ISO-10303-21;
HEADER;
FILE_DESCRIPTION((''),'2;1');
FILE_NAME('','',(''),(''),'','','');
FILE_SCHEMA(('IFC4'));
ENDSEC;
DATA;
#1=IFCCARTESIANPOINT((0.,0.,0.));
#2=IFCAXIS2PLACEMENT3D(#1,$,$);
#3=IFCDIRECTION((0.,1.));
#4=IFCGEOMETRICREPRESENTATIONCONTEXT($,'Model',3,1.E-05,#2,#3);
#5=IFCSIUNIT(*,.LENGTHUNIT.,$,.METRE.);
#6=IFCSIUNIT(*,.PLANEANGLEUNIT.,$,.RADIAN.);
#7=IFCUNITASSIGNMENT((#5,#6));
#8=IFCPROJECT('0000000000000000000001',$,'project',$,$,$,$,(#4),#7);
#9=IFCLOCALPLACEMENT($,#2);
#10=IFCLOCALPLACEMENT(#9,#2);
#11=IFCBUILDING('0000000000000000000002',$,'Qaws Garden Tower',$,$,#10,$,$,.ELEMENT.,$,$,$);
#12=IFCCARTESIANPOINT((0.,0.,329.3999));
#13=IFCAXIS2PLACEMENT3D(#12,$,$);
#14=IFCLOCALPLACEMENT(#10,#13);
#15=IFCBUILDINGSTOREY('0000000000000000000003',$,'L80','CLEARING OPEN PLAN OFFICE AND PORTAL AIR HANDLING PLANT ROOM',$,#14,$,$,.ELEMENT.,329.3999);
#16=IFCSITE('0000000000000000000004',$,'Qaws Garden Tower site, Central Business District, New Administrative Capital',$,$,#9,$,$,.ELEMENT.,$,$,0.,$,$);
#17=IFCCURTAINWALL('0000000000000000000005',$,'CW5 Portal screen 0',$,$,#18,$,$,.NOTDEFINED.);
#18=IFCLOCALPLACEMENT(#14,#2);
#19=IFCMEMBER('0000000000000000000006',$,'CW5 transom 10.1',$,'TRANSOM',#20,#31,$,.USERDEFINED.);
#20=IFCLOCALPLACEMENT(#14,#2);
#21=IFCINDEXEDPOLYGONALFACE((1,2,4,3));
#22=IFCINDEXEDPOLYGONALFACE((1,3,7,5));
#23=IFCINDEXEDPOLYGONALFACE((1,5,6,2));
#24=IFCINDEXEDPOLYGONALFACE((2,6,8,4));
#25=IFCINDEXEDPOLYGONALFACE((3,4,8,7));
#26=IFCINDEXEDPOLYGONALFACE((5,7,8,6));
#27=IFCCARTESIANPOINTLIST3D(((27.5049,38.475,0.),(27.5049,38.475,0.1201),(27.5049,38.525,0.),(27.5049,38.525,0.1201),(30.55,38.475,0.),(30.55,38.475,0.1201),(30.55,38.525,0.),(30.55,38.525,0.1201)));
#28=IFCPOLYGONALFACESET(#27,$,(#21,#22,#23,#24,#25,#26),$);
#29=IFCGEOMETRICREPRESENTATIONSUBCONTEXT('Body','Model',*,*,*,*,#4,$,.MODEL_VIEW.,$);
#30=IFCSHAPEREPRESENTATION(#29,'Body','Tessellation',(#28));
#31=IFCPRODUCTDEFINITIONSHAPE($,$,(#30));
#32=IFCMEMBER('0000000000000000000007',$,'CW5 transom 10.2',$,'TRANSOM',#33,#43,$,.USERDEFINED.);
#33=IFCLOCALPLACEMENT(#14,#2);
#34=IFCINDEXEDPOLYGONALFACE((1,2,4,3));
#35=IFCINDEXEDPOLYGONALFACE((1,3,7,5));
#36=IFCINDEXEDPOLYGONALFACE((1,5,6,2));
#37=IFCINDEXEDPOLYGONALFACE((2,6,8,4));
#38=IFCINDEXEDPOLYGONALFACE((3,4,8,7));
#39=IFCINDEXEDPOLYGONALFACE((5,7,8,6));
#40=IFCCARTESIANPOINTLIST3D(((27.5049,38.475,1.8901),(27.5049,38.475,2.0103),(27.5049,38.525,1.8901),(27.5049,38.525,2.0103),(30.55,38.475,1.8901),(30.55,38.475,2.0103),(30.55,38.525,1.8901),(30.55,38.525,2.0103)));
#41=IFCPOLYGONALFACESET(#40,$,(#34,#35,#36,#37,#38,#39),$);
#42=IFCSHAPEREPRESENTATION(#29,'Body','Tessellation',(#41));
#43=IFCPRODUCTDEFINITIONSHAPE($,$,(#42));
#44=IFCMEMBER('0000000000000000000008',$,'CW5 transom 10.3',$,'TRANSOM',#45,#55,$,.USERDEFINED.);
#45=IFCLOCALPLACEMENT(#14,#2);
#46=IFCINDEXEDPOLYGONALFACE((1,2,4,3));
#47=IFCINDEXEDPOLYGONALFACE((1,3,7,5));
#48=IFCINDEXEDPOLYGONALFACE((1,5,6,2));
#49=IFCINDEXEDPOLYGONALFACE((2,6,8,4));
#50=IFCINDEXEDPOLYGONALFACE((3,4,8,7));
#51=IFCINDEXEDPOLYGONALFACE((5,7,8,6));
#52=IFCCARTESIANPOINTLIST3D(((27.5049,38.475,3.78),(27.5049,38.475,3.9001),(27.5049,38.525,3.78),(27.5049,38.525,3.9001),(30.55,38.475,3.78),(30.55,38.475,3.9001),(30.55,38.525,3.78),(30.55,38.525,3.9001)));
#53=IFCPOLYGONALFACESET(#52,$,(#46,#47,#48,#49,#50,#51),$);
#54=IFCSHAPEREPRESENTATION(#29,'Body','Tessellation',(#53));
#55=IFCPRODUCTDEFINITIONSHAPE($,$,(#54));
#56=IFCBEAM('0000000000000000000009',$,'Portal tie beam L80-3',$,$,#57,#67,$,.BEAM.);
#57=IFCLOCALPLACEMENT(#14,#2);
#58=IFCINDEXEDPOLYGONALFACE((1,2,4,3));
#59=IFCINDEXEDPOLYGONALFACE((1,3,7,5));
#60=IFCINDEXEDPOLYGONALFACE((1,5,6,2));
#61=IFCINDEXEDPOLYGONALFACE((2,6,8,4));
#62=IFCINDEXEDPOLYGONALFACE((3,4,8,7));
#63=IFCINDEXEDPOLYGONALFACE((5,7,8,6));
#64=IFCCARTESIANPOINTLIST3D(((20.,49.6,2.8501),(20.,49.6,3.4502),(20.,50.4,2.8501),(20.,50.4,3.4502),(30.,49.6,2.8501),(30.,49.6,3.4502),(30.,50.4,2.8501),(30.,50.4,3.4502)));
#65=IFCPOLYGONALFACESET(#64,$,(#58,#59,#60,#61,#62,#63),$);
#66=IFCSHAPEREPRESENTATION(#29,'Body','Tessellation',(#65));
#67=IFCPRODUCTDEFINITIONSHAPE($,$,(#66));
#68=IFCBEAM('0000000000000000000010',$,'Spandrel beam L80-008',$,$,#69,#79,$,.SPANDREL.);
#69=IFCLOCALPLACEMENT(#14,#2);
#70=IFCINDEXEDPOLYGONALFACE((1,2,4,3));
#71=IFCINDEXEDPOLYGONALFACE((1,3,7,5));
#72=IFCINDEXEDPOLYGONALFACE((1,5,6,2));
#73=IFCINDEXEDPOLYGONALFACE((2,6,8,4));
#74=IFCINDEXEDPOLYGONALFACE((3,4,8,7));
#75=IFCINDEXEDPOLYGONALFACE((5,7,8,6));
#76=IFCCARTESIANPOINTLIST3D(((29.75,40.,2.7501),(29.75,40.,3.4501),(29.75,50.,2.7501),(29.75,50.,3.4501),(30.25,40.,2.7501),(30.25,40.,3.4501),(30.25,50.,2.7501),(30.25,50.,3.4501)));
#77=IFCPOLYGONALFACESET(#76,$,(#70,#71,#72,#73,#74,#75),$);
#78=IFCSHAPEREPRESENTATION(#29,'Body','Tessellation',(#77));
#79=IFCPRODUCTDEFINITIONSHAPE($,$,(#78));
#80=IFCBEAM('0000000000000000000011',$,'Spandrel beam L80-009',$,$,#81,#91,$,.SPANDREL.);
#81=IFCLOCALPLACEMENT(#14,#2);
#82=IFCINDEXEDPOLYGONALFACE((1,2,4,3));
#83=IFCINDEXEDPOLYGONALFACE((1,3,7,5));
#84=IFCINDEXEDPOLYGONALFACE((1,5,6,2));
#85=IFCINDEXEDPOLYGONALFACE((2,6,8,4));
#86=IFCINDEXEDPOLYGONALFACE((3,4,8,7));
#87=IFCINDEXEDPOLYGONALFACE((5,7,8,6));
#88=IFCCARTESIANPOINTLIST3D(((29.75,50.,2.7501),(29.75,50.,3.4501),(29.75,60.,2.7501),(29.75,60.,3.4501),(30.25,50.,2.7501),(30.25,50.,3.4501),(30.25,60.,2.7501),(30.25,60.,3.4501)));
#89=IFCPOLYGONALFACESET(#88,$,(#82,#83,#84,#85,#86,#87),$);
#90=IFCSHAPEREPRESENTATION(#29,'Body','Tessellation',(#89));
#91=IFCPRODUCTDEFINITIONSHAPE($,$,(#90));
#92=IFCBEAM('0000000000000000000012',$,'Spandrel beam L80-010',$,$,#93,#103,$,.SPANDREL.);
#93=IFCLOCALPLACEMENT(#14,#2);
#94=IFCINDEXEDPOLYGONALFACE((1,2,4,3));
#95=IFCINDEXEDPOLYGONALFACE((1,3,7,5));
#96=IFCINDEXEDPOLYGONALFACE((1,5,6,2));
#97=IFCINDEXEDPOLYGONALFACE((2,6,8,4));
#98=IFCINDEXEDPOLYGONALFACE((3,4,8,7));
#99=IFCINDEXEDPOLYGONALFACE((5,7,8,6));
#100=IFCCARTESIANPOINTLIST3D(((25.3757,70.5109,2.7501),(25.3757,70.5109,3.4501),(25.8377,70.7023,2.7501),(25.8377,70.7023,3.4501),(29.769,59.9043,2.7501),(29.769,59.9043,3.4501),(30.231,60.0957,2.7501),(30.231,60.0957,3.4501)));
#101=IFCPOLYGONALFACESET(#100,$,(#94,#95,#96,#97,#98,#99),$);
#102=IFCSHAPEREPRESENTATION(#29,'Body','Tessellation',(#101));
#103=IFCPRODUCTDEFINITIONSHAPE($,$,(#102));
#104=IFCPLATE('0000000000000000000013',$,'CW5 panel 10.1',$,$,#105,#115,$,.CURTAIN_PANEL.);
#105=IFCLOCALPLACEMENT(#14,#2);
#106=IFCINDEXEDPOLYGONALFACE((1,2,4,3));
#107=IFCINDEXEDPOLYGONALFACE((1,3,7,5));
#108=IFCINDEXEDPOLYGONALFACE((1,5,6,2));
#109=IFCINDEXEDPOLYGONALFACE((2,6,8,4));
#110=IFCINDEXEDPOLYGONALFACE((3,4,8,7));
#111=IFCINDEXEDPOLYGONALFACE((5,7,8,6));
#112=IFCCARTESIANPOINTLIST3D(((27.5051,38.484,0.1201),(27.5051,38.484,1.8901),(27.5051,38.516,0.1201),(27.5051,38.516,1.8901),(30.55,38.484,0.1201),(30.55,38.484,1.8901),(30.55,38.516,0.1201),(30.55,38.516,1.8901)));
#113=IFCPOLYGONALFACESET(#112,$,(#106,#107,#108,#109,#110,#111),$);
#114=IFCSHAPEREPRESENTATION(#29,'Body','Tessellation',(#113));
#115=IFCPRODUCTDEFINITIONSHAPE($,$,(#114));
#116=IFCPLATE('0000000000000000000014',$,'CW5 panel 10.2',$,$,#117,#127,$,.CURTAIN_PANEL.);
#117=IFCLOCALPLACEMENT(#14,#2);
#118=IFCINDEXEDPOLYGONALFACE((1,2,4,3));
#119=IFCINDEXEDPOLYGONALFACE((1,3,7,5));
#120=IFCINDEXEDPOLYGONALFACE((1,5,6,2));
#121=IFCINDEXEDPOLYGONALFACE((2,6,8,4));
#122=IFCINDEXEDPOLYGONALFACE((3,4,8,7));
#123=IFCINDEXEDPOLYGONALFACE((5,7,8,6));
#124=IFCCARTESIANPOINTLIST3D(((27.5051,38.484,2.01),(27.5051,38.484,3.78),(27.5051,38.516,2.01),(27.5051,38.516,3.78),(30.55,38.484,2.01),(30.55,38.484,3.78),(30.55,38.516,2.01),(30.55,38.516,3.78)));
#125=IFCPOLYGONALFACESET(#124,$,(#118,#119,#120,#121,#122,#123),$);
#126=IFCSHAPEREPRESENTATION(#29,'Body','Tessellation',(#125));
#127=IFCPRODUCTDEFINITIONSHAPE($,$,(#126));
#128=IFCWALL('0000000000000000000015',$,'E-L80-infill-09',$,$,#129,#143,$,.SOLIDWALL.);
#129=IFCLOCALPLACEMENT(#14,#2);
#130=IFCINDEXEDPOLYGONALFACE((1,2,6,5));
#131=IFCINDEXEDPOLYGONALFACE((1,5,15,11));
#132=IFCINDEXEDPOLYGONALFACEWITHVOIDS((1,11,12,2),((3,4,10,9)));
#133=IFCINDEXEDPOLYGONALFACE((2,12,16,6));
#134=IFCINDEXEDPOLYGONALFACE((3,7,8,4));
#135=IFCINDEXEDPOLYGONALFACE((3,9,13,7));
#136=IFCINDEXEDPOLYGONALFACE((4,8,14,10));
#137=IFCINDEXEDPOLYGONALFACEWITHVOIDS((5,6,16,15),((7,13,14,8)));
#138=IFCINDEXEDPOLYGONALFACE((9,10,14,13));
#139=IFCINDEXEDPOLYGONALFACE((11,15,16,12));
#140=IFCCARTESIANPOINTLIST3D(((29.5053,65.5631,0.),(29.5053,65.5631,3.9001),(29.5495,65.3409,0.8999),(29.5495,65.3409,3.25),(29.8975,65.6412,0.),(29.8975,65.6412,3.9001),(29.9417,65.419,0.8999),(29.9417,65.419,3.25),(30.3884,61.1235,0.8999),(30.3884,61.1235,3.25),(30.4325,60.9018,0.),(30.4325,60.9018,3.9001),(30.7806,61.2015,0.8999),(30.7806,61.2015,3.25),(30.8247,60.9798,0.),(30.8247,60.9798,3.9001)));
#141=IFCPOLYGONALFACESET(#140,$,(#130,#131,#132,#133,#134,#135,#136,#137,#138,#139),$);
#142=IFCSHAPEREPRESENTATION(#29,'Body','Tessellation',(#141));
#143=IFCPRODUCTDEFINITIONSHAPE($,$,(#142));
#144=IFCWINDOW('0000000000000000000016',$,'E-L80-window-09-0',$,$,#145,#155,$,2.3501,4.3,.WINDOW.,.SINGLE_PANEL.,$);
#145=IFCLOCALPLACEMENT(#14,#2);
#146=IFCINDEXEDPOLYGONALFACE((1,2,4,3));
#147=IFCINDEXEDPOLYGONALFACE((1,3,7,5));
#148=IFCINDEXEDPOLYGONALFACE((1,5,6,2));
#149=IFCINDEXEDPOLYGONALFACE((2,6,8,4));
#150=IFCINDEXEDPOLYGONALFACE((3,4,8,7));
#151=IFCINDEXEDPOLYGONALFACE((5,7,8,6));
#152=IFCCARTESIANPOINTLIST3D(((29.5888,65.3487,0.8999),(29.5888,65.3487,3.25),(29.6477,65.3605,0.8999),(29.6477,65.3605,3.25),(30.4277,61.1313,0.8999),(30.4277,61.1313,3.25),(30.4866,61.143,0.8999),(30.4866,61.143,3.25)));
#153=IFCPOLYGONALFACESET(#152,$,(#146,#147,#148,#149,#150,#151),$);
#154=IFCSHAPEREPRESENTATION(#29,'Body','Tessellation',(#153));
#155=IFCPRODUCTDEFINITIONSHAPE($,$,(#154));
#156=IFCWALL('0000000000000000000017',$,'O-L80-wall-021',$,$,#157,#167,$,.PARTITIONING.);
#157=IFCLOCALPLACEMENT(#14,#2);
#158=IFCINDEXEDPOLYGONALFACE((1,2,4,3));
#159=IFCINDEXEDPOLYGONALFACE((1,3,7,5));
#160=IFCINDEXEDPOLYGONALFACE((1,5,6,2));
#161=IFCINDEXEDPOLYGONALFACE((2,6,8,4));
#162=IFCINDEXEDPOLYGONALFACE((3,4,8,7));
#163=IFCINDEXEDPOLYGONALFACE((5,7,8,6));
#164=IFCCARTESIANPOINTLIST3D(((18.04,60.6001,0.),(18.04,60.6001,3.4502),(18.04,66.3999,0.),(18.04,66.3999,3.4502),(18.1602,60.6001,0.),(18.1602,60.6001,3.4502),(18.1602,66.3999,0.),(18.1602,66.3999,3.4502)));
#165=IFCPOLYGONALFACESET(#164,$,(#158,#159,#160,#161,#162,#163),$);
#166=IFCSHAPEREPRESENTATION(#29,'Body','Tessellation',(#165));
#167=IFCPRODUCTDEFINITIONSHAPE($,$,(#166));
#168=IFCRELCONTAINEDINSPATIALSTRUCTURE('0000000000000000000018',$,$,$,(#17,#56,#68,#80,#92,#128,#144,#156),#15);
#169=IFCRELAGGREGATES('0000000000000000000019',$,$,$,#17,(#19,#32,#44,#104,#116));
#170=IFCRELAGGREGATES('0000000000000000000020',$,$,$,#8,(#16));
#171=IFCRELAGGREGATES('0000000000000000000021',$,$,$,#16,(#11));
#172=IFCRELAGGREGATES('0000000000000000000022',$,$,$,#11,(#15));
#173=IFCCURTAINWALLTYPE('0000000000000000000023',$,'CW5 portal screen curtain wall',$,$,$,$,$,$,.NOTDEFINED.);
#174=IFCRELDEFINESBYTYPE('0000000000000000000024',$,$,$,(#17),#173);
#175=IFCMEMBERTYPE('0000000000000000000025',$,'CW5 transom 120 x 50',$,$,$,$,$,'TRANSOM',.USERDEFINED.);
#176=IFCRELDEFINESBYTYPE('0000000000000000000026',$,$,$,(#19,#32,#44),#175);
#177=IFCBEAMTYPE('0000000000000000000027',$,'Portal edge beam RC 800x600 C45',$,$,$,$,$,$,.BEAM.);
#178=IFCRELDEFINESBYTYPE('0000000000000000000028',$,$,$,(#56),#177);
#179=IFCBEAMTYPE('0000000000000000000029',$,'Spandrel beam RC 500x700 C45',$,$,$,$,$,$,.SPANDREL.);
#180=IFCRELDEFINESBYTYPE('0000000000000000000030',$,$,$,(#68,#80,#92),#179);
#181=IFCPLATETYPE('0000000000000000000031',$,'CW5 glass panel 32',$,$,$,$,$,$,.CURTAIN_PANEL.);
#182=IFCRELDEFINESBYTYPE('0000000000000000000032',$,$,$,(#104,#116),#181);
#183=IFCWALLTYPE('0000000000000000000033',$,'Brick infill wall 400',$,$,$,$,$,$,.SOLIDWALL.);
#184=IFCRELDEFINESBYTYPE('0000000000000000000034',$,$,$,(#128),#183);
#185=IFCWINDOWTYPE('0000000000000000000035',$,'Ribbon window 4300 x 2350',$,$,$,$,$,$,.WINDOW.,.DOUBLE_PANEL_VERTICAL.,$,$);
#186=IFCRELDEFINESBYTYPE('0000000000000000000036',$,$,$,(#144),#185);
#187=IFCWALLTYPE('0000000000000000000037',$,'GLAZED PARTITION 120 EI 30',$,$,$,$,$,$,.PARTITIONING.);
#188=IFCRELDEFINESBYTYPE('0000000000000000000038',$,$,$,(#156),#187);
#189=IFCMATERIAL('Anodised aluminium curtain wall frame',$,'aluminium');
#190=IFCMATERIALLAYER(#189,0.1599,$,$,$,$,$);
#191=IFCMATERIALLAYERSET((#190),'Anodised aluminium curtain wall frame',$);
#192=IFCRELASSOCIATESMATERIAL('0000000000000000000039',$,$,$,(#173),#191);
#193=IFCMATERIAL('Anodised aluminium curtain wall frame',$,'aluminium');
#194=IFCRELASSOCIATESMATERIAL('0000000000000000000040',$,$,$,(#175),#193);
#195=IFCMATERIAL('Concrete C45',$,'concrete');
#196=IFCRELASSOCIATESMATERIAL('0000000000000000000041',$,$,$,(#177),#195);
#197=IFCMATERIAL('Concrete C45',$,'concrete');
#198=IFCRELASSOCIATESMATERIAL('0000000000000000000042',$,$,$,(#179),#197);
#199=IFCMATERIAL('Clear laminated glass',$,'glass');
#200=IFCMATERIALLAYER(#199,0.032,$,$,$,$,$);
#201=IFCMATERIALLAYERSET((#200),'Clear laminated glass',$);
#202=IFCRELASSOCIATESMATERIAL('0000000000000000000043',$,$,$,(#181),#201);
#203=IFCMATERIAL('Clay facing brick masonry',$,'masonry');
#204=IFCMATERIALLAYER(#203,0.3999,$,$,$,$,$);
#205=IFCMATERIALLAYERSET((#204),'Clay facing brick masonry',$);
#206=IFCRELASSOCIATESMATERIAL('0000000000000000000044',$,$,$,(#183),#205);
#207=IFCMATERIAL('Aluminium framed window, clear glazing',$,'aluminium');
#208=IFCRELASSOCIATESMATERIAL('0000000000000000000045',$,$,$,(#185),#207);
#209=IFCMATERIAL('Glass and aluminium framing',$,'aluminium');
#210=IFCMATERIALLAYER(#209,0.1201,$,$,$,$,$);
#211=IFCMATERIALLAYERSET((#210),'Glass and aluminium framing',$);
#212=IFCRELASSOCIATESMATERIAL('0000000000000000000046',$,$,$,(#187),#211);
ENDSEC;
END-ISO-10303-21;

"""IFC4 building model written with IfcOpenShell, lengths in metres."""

from ifc_helpers import new_model, si_unit, direction, frame, frame_2d, origin, origin_2d, place, context, subcontext, project, spatial, rectangle, extrude, material, layer, layer_set, material_profile, profile_set, type_object, element, fill, aggregate, save


model = new_model("IFC4")

# Units and contexts
model_context = context("Model", 3, precision=1e-05, world=origin(), true_north=direction((0.0, 1.0)))
body_context = subcontext(model_context, "Body", "Model", "MODEL_VIEW")
ifc_project = project(units=[si_unit("LENGTHUNIT", "METRE"), si_unit("PLANEANGLEUNIT", "RADIAN")], contexts=[model_context])

# Site, building, storey
site_placement = place(None, origin())
site = spatial("IfcSite", under=ifc_project, at=site_placement, Name="Qaws Garden Tower site, Central Business District, New Administrative Capital", CompositionType="ELEMENT", RefElevation=0.0)
building_placement = place(site_placement, origin())
building = spatial("IfcBuilding", under=site, at=building_placement, Name="Qaws Garden Tower", CompositionType="ELEMENT")
storey_placement = place(building_placement, frame((0.0, 0.0, 329.3999)))
storey = spatial("IfcBuildingStorey", under=building, at=storey_placement, Name="L80", Description="CLEARING OPEN PLAN OFFICE AND PORTAL AIR HANDLING PLANT ROOM", CompositionType="ELEMENT", Elevation=329.3999)

# Curtain wall
ifc_material_1 = material(Name="Anodised aluminium curtain wall frame", Category="aluminium")
ifc_layer_1 = layer(ifc_material_1, 0.1599)
ifc_layer_set_1 = layer_set([ifc_layer_1], Name="Anodised aluminium curtain wall frame")
curtain_wall_type = type_object("IfcCurtainWallType", Name="CW5 portal screen curtain wall", PredefinedType="NOTDEFINED", material=ifc_layer_set_1)
placement = place(storey_placement, origin())
curtain_wall_1 = element("IfcCurtainWall", 1, at=placement, inside=storey, type_object=curtain_wall_type, Name="CW5 Portal screen 0", PredefinedType="NOTDEFINED")

# Members
ifc_material_2 = material(Name="Anodised aluminium curtain wall frame", Category="aluminium")
ifc_material_profile_1 = material_profile(ifc_material_2, rectangle(XDim=0.05, YDim=0.1201, at=origin_2d()), Name="AL 50x120")
ifc_profile_set_1 = profile_set([ifc_material_profile_1], Name="Anodised aluminium curtain wall frame")
member_type_1 = type_object("IfcMemberType", Name="CW5 transom 120 x 50", ElementType="TRANSOM", PredefinedType="USERDEFINED", material=ifc_profile_set_1)
member_1_placement = place(storey_placement, frame((27.5049, 38.5, 0.0601), z_axis=(1.0, 0.0, 0.0), x_axis=(0.0, 1.0, 0.0)))
member_1 = element("IfcMember", 2, at=member_1_placement, type_object=member_type_1, Name="CW5 transom 10.1", ObjectType="TRANSOM", PredefinedType="USERDEFINED", context=body_context, shape_type="SweptSolid", body=[
    extrude(rectangle(XDim=0.05, YDim=0.1201, at=origin_2d()), origin(), (0.0, 0.0, 1.0), 3.0452),
])
member_2_placement = place(storey_placement, frame((27.5049, 38.5, 1.9502), z_axis=(1.0, 0.0, 0.0), x_axis=(0.0, 1.0, 0.0)))
member_2 = element("IfcMember", 3, at=member_2_placement, type_object=member_type_1, Name="CW5 transom 10.2", ObjectType="TRANSOM", PredefinedType="USERDEFINED", context=body_context, shape_type="SweptSolid", body=[
    extrude(rectangle(XDim=0.05, YDim=0.1201, at=origin_2d()), origin(), (0.0, 0.0, 1.0), 3.0452),
])
member_3_placement = place(storey_placement, frame((27.5049, 38.5, 3.8401), z_axis=(1.0, 0.0, 0.0), x_axis=(0.0, 1.0, 0.0)))
member_3 = element("IfcMember", 4, at=member_3_placement, type_object=member_type_1, Name="CW5 transom 10.3", ObjectType="TRANSOM", PredefinedType="USERDEFINED", context=body_context, shape_type="SweptSolid", body=[
    extrude(rectangle(XDim=0.05, YDim=0.1201, at=origin_2d()), origin(), (0.0, 0.0, 1.0), 3.0452),
])

# Beams
ifc_material_3 = material(Name="Concrete C45", Category="concrete")
ifc_material_profile_2 = material_profile(ifc_material_3, rectangle(XDim=0.8, YDim=0.6001, at=origin_2d()), Name="RC 800x600")
ifc_profile_set_2 = profile_set([ifc_material_profile_2], Name="Concrete C45")
beam_type_1 = type_object("IfcBeamType", Name="Portal edge beam RC 800x600 C45", PredefinedType="BEAM", material=ifc_profile_set_2)
beam_1_placement = place(storey_placement, frame((20.0, 50.0, 3.1501), z_axis=(1.0, 0.0, 0.0), x_axis=(0.0, 1.0, 0.0)))
element("IfcBeam", 5, at=beam_1_placement, inside=storey, type_object=beam_type_1, Name="Portal tie beam L80-3", PredefinedType="BEAM", context=body_context, shape_type="SweptSolid", body=[
    extrude(rectangle(XDim=0.8, YDim=0.6001, at=origin_2d()), origin(), (0.0, 0.0, 1.0), 10.0),
])
ifc_material_4 = material(Name="Concrete C45", Category="concrete")
ifc_material_profile_3 = material_profile(ifc_material_4, rectangle(XDim=0.5, YDim=0.7, at=origin_2d()), Name="RC 500x700")
ifc_profile_set_3 = profile_set([ifc_material_profile_3], Name="Concrete C45")
beam_type_2 = type_object("IfcBeamType", Name="Spandrel beam RC 500x700 C45", PredefinedType="SPANDREL", material=ifc_profile_set_3)
for number, where, z_axis, x_axis, name in (
    (6, (30.0, 40.0, 3.1001), (0.0, 1.0, 0.0), (-1.0, 0.0, 0.0), "Spandrel beam L80-008"),
    (7, (30.0, 50.0, 3.1001), (0.0, 1.0, 0.0), (-1.0, 0.0, 0.0), "Spandrel beam L80-009"),
):
    element("IfcBeam", number, at=place(storey_placement, frame(where, z_axis=z_axis, x_axis=x_axis)), inside=storey, type_object=beam_type_2, Name=name, PredefinedType="SPANDREL", context=body_context, shape_type="SweptSolid", body=[
        extrude(rectangle(XDim=0.5, YDim=0.7, at=origin_2d()), origin(), (0.0, 0.0, 1.0), 10.0),
    ])
beam_2_placement = place(storey_placement, frame((30.0, 60.0, 3.1001), z_axis=(-0.382674, 0.923883, 0.0), x_axis=(-0.923883, -0.382674, 0.0)))
element("IfcBeam", 8, at=beam_2_placement, inside=storey, type_object=beam_type_2, Name="Spandrel beam L80-010", PredefinedType="SPANDREL", context=body_context, shape_type="SweptSolid", body=[
    extrude(rectangle(XDim=0.5, YDim=0.7, at=origin_2d()), origin(), (0.0, 0.0, 1.0), 11.4805),
])

# Plates
ifc_material_5 = material(Name="Clear laminated glass", Category="glass")
ifc_layer_2 = layer(ifc_material_5, 0.032)
ifc_layer_set_2 = layer_set([ifc_layer_2], Name="Clear laminated glass")
plate_type = type_object("IfcPlateType", Name="CW5 glass panel 32", PredefinedType="CURTAIN_PANEL", material=ifc_layer_set_2)
plate_1_placement = place(storey_placement, frame((29.0276, 38.5, 0.1201), z_axis=(0.0, 0.0, 1.0), x_axis=(1.0, 0.0, 0.0)))
plate_1 = element("IfcPlate", 9, at=plate_1_placement, type_object=plate_type, Name="CW5 panel 10.1", PredefinedType="CURTAIN_PANEL", context=body_context, shape_type="SweptSolid", body=[
    extrude(rectangle(XDim=3.0449, YDim=0.032, at=origin_2d()), origin(), (0.0, 0.0, 1.0), 1.77),
])
plate_2_placement = place(storey_placement, frame((29.0276, 38.5, 2.01), z_axis=(0.0, 0.0, 1.0), x_axis=(1.0, 0.0, 0.0)))
plate_2 = element("IfcPlate", 10, at=plate_2_placement, type_object=plate_type, Name="CW5 panel 10.2", PredefinedType="CURTAIN_PANEL", context=body_context, shape_type="SweptSolid", body=[
    extrude(rectangle(XDim=3.0449, YDim=0.032, at=origin_2d()), origin(), (0.0, 0.0, 1.0), 1.77),
])
aggregate(curtain_wall_1, [member_1, member_2, member_3, plate_1, plate_2])

# Wall, opening, window
ifc_material_6 = material(Name="Clay facing brick masonry", Category="masonry")
ifc_layer_3 = layer(ifc_material_6, 0.3999)
ifc_layer_set_3 = layer_set([ifc_layer_3], Name="Clay facing brick masonry")
wall_type_1 = type_object("IfcWallType", Name="Brick infill wall 400", PredefinedType="SOLIDWALL", material=ifc_layer_set_3)
wall_1_placement = place(storey_placement, frame((30.6287, 60.9407, 0.0), z_axis=(0.0, 0.0, 1.0), x_axis=(-0.195099, 0.980784, 0.0)))
wall_1 = element("IfcWall", 11, at=wall_1_placement, inside=storey, type_object=wall_type_1, Name="E-L80-infill-09", PredefinedType="SOLIDWALL", context=body_context, shape_type="SweptSolid", body=[
    extrude(rectangle(XDim=4.7527, YDim=0.3999, at=frame_2d((2.3765, 0.0))), origin(), (0.0, 0.0, 1.0), 3.9001),
])
opening_placement = place(wall_1_placement, frame((0.2263, 0.0, 0.8999)))
opening = element("IfcOpeningElement", 12, at=opening_placement, cuts=wall_1, PredefinedType="OPENING", context=body_context, shape_type="SweptSolid", body=[
    extrude(rectangle(XDim=4.3, YDim=2.3501, at=frame_2d((2.1499, 1.175))), frame((0.0, 0.21, 0.0), z_axis=(0.0, -1.0, 0.0), x_axis=(1.0, 0.0, 0.0)), (0.0, 0.0, 1.0), 0.4199),
])
ifc_material_7 = material(Name="Aluminium framed window, clear glazing", Category="aluminium")
window_type = type_object("IfcWindowType", Name="Ribbon window 4300 x 2350", PartitioningType="DOUBLE_PANEL_VERTICAL", PredefinedType="WINDOW", material=ifc_material_7)
window_placement = place(opening_placement, origin())
window = element("IfcWindow", 13, at=window_placement, inside=storey, type_object=window_type, Name="E-L80-window-09-0", OverallHeight=2.3501, OverallWidth=4.3, PartitioningType="SINGLE_PANEL", PredefinedType="WINDOW", context=body_context, shape_type="SweptSolid", body=[
    extrude(rectangle(XDim=4.3, YDim=2.3501, at=frame_2d((2.1499, 1.175))), frame((0.0, 0.1599, 0.0), z_axis=(0.0, -1.0, 0.0), x_axis=(1.0, 0.0, 0.0)), (0.0, 0.0, 1.0), 0.0601),
])
fill(opening, window)

# Wall
ifc_material_8 = material(Name="Glass and aluminium framing", Category="aluminium")
ifc_layer_4 = layer(ifc_material_8, 0.1201)
ifc_layer_set_4 = layer_set([ifc_layer_4], Name="Glass and aluminium framing")
wall_type_2 = type_object("IfcWallType", Name="GLAZED PARTITION 120 EI 30", PredefinedType="PARTITIONING", material=ifc_layer_set_4)
wall_2_placement = place(storey_placement, frame((18.1001, 60.6001, 0.0), z_axis=(0.0, 0.0, 1.0), x_axis=(0.0, 1.0, 0.0)))
element("IfcWall", 14, at=wall_2_placement, inside=storey, type_object=wall_type_2, Name="O-L80-wall-021", PredefinedType="PARTITIONING", context=body_context, shape_type="SweptSolid", body=[
    extrude(rectangle(XDim=5.7998, YDim=0.1201, at=frame_2d((2.8999, 0.0))), origin(), (0.0, 0.0, 1.0), 3.4502),
])

save(model, "model.ifc")
